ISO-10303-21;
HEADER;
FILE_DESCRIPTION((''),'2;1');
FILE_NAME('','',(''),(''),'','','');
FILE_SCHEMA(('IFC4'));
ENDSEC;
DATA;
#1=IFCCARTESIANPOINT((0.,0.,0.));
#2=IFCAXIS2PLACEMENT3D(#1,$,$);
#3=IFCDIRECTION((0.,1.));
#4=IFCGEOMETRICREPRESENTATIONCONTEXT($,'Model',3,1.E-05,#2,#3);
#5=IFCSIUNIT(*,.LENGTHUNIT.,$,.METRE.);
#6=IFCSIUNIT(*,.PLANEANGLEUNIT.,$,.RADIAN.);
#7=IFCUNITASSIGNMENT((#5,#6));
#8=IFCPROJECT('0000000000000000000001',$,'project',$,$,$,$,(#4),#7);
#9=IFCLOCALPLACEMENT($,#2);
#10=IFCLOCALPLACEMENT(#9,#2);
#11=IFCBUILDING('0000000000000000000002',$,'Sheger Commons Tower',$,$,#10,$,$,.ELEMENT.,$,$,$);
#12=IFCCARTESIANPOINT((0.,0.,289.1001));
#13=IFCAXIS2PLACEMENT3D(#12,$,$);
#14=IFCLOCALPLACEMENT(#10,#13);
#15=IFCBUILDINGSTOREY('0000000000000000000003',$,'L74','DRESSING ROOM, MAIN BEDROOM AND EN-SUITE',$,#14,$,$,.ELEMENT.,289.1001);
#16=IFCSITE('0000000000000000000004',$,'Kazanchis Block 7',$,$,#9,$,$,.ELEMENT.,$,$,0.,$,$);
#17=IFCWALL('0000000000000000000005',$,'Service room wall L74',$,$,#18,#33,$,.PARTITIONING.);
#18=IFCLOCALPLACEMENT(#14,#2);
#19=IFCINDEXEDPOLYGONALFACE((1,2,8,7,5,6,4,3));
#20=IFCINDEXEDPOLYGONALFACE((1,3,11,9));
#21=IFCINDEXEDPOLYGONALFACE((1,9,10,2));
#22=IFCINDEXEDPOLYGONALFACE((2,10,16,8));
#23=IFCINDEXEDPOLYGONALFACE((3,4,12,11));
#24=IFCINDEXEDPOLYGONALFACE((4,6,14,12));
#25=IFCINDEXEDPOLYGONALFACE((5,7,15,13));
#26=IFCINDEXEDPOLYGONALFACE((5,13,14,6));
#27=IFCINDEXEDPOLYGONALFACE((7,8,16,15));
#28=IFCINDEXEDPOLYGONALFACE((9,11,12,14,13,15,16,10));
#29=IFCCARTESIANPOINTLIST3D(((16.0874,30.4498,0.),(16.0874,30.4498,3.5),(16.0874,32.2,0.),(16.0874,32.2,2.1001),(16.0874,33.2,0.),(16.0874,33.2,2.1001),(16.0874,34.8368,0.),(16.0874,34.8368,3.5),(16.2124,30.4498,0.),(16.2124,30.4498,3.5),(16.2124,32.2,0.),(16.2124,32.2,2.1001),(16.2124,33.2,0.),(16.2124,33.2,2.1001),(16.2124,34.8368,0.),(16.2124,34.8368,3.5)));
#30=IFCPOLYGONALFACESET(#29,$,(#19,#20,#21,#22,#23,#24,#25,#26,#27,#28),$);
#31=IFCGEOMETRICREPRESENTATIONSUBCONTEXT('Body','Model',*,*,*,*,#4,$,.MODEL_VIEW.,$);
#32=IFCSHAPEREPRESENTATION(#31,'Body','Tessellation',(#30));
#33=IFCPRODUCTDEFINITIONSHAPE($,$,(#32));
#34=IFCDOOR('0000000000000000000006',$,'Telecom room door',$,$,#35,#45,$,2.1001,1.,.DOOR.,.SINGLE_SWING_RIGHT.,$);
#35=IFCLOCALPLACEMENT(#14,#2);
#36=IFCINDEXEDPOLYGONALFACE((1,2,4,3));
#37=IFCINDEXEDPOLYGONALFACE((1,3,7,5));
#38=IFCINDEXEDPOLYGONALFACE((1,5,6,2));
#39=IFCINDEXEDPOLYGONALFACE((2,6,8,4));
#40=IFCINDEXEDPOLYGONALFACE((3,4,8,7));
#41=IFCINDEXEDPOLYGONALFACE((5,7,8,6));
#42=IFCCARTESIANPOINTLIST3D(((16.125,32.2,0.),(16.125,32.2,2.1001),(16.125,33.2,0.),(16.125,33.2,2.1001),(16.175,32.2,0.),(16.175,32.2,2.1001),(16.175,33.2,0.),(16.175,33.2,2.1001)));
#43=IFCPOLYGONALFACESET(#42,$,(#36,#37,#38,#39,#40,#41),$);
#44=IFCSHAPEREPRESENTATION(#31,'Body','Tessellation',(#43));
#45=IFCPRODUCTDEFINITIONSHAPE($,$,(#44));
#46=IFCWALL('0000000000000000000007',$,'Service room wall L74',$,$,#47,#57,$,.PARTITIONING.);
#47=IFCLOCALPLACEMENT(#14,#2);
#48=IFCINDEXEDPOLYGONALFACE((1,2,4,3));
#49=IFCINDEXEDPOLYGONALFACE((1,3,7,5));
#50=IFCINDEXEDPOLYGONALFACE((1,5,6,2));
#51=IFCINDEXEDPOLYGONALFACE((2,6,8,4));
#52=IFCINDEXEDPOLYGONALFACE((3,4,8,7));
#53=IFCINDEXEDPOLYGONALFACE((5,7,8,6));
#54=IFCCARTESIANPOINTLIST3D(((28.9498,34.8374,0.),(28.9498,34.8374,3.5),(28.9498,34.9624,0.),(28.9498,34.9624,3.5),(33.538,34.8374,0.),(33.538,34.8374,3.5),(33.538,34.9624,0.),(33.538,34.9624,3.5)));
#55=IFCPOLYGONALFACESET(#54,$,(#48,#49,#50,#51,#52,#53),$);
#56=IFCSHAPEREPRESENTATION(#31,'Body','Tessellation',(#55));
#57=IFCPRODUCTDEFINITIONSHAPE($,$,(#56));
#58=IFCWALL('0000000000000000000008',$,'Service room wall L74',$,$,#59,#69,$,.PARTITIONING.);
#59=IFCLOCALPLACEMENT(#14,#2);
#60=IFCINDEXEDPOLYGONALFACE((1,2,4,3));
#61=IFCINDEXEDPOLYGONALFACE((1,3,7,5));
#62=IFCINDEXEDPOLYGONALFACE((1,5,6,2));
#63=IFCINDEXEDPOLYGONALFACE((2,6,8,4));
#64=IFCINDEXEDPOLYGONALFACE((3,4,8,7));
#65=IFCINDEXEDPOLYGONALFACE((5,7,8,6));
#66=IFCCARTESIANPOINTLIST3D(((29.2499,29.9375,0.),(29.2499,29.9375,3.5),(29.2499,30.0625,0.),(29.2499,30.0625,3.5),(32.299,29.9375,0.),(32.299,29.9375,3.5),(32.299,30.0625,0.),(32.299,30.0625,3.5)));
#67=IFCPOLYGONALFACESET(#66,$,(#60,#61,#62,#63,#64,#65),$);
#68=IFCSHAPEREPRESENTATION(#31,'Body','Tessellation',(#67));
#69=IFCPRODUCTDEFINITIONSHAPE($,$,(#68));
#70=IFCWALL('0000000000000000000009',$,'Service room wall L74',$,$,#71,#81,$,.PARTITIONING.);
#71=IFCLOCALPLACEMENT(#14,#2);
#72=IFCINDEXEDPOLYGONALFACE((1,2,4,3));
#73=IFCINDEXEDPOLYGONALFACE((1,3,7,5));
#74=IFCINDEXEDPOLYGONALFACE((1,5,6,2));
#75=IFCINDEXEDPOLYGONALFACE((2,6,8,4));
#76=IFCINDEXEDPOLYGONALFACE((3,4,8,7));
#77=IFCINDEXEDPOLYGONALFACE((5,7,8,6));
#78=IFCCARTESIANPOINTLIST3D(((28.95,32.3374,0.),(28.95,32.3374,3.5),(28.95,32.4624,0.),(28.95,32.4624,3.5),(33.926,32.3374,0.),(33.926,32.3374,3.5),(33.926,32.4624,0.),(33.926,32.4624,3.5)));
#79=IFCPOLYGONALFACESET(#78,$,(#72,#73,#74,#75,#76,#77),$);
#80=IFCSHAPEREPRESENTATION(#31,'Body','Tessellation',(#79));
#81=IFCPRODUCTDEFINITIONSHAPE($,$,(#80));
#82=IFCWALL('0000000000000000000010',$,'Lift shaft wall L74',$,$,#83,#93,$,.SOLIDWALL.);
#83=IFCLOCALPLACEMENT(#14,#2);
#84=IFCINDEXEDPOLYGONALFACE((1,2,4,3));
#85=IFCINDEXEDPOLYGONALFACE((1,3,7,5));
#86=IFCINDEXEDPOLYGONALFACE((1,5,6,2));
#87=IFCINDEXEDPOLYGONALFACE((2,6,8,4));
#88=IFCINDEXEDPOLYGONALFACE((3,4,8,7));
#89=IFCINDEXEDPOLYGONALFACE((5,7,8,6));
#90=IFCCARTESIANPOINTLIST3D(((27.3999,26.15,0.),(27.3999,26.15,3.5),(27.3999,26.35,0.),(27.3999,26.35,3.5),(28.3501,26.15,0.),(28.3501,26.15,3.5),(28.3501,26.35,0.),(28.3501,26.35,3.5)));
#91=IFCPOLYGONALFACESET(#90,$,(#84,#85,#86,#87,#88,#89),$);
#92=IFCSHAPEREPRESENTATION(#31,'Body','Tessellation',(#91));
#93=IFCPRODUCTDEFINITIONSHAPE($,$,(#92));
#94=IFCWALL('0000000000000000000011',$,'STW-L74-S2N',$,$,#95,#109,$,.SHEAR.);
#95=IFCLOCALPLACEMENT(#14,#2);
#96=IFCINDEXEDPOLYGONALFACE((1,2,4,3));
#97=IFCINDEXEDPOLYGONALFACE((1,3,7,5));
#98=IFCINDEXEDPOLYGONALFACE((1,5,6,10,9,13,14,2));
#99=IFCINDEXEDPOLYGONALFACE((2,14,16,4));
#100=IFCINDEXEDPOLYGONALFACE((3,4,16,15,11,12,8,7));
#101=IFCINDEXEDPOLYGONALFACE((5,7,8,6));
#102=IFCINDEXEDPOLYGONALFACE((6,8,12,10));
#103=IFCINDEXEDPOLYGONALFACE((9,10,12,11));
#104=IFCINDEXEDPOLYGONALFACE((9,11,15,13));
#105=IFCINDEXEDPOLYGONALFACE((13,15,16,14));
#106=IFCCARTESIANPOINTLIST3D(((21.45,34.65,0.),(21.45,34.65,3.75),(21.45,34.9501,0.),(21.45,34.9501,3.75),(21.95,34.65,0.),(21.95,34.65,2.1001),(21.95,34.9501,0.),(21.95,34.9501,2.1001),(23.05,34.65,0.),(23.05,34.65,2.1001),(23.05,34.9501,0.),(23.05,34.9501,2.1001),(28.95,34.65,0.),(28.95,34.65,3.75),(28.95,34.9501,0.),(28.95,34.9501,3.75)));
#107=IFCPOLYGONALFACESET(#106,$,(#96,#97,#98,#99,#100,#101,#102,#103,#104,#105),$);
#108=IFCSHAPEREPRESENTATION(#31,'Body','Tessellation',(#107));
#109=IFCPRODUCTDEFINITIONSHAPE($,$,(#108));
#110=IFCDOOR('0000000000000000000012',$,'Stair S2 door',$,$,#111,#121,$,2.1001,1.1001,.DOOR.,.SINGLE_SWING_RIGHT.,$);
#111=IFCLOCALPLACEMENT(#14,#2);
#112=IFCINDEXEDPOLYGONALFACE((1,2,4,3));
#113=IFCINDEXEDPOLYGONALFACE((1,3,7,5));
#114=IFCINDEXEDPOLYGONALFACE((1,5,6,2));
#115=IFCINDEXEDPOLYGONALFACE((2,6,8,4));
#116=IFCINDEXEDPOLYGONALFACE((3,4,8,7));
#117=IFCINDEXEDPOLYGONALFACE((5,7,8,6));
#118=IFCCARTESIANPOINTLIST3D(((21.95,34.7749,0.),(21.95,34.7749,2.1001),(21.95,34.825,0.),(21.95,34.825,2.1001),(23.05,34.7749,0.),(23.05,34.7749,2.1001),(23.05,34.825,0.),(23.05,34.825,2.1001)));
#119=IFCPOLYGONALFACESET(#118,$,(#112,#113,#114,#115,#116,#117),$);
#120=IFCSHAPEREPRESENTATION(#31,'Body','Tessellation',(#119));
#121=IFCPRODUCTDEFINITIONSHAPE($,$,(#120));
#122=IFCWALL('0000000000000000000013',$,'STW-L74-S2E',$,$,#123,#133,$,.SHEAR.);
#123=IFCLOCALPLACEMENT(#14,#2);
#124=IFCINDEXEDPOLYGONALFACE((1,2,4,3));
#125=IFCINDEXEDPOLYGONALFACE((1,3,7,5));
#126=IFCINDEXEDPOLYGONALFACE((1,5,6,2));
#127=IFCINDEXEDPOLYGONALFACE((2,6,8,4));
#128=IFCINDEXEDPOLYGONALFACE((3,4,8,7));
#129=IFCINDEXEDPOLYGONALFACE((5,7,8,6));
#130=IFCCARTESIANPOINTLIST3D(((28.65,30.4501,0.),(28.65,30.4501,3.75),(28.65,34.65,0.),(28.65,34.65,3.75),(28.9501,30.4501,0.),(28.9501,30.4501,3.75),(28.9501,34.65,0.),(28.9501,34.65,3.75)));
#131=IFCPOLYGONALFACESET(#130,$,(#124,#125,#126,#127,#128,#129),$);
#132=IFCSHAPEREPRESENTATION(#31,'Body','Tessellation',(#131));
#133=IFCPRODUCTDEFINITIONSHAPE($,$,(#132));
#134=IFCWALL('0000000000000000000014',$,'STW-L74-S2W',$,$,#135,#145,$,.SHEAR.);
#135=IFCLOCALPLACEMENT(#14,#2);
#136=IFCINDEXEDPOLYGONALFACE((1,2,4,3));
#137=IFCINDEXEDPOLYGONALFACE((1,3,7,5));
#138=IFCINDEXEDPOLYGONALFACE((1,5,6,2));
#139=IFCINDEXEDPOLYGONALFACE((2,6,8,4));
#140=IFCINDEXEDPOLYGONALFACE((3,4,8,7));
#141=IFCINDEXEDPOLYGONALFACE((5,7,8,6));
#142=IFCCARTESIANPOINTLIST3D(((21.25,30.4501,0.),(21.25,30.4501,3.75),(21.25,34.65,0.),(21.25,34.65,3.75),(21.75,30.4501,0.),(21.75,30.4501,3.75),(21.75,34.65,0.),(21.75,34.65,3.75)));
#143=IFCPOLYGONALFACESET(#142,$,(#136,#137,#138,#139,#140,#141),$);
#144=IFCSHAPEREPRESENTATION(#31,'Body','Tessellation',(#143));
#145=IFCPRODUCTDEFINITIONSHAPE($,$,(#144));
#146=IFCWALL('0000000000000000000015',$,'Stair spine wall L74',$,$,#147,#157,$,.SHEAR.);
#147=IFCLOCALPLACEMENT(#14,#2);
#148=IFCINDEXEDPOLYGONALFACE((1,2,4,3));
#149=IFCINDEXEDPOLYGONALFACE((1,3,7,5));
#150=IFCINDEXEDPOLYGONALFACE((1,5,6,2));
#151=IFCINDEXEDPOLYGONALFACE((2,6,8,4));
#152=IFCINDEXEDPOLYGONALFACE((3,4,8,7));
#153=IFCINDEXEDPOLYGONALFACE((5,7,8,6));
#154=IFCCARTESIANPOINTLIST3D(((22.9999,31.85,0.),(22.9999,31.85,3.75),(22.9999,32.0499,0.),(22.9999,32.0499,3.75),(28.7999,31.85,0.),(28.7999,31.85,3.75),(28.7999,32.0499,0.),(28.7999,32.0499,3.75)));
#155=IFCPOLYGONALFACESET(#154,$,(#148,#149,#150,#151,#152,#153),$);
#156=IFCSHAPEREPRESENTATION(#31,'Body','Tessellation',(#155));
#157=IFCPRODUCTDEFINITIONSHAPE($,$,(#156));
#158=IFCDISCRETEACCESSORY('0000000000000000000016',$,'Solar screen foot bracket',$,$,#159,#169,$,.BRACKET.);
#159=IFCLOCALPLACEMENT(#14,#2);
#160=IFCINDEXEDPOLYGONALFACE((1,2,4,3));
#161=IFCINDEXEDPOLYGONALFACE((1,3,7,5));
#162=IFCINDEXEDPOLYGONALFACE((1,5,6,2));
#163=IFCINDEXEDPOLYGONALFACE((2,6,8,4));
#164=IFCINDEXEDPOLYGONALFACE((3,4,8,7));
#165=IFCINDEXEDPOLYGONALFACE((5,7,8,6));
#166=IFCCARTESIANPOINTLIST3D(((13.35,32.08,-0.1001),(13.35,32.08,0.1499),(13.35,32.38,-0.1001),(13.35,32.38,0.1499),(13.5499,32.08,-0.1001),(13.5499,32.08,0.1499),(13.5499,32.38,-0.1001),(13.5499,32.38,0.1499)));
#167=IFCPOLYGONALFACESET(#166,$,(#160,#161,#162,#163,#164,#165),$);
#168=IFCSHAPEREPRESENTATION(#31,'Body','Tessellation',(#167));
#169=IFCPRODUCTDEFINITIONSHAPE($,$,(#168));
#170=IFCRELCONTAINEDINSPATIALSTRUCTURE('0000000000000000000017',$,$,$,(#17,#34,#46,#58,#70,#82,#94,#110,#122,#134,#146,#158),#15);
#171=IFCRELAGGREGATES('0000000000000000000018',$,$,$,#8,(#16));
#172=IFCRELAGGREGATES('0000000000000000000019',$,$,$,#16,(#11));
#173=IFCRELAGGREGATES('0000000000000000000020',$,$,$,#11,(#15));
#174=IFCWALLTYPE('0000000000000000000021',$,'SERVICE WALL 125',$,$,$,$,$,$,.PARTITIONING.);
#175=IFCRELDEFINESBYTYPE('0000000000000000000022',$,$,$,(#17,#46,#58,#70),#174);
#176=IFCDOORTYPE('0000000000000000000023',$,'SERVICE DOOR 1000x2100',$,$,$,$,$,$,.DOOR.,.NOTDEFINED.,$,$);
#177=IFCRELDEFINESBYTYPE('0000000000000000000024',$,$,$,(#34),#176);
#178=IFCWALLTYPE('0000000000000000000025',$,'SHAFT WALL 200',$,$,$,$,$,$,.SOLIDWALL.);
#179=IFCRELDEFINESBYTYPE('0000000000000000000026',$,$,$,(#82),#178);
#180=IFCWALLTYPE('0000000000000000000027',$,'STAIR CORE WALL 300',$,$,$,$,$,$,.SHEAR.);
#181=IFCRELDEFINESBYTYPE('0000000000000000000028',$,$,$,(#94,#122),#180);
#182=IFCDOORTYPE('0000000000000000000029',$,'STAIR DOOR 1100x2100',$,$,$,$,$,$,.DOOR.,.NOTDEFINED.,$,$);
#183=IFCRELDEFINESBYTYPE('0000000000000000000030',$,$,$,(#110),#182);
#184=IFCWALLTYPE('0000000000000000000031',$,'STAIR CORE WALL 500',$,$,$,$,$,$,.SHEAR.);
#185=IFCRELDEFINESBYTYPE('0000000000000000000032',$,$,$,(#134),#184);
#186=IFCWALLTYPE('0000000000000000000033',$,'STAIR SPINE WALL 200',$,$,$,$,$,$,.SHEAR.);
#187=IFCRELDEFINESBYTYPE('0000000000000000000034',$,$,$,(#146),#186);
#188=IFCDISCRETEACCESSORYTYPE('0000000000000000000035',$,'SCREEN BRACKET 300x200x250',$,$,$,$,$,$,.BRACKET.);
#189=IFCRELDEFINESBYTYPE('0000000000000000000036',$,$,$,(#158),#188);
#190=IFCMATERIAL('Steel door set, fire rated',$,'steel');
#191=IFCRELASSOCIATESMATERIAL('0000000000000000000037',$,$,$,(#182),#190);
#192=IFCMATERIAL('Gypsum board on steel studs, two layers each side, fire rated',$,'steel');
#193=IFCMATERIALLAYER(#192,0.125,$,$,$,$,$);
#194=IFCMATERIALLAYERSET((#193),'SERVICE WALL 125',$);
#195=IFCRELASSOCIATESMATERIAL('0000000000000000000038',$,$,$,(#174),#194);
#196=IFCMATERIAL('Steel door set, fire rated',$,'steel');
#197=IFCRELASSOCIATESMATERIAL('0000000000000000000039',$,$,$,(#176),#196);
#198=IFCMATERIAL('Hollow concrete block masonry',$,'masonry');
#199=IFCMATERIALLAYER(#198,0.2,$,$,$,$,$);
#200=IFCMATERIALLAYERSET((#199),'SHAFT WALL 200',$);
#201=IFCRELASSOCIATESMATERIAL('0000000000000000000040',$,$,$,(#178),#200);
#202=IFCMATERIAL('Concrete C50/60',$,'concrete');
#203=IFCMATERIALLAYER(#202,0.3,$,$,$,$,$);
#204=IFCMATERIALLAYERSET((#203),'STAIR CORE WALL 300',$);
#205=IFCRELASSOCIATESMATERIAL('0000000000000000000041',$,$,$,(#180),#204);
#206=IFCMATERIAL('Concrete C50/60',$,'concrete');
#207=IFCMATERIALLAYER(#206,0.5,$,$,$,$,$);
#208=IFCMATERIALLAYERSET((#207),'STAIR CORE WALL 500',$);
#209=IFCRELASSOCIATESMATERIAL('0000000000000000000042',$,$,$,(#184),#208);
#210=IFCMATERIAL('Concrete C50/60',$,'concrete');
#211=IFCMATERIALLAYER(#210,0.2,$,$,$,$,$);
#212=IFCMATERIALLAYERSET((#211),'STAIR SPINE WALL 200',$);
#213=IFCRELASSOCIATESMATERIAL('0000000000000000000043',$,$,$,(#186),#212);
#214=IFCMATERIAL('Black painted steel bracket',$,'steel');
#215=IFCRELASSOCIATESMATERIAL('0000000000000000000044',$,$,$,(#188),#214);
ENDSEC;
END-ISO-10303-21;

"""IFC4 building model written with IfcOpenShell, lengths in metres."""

from ifc_helpers import new_model, si_unit, direction, frame, frame_2d, origin, origin_2d, place, context, subcontext, project, spatial, rectangle, extrude, material, layer, layer_set, type_object, element, fill, save


model = new_model("IFC4")

# Units and contexts
model_context = context("Model", 3, precision=1e-05, world=origin(), true_north=direction((0.0, 1.0)))
body_context = subcontext(model_context, "Body", "Model", "MODEL_VIEW")
ifc_project = project(units=[si_unit("LENGTHUNIT", "METRE"), si_unit("PLANEANGLEUNIT", "RADIAN")], contexts=[model_context])

# Site, building, storey
site_placement = place(None, origin())
site = spatial("IfcSite", under=ifc_project, at=site_placement, Name="Kazanchis Block 7", CompositionType="ELEMENT", RefElevation=0.0)
building_placement = place(site_placement, origin())
building = spatial("IfcBuilding", under=site, at=building_placement, Name="Sheger Commons Tower", CompositionType="ELEMENT")
storey_placement = place(building_placement, frame((0.0, 0.0, 289.1001)))
storey = spatial("IfcBuildingStorey", under=building, at=storey_placement, Name="L74", Description="DRESSING ROOM, MAIN BEDROOM AND EN-SUITE", CompositionType="ELEMENT", Elevation=289.1001)

# Shared definitions
ifc_material_1 = material(Name="Steel door set, fire rated", Category="steel")
door_type_1 = type_object("IfcDoorType", Name="STAIR DOOR 1100x2100", OperationType="NOTDEFINED", PredefinedType="DOOR", material=ifc_material_1)

# Wall, opening, door
ifc_material_2 = material(Name="Gypsum board on steel studs, two layers each side, fire rated", Category="steel")
ifc_layer_1 = layer(ifc_material_2, 0.125)
ifc_layer_set_1 = layer_set([ifc_layer_1], Name="SERVICE WALL 125")
wall_type_1 = type_object("IfcWallType", Name="SERVICE WALL 125", PredefinedType="PARTITIONING", material=ifc_layer_set_1)
wall_1_placement = place(storey_placement, frame((16.1499, 30.45, 0.0), z_axis=(0.0, 0.0, 1.0), x_axis=(0.0, 1.0, 0.0)))
wall_1 = element("IfcWall", 1, at=wall_1_placement, inside=storey, type_object=wall_type_1, Name="Service room wall L74", PredefinedType="PARTITIONING", context=body_context, shape_type="SweptSolid", body=[
    extrude(rectangle(XDim=4.387, YDim=0.125, at=frame_2d((2.1934, 0.0))), origin(), (0.0, 0.0, 1.0), 3.5),
])
opening_1_placement = place(wall_1_placement, frame((1.75, 0.0, 0.0)))
opening_1 = element("IfcOpeningElement", 2, at=opening_1_placement, cuts=wall_1, PredefinedType="OPENING", context=body_context, shape_type="SweptSolid", body=[
    extrude(rectangle(XDim=1.0, YDim=2.1001, at=frame_2d((0.5, 1.05))), frame((0.0, 0.0725, 0.0), z_axis=(0.0, -1.0, 0.0), x_axis=(1.0, 0.0, 0.0)), (0.0, 0.0, 1.0), 0.145),
])
ifc_material_3 = material(Name="Steel door set, fire rated", Category="steel")
door_type_2 = type_object("IfcDoorType", Name="SERVICE DOOR 1000x2100", OperationType="NOTDEFINED", PredefinedType="DOOR", material=ifc_material_3)
door_1_placement = place(opening_1_placement, origin())
door_1 = element("IfcDoor", 3, at=door_1_placement, inside=storey, type_object=door_type_2, Name="Telecom room door", OperationType="SINGLE_SWING_RIGHT", OverallHeight=2.1001, OverallWidth=1.0, PredefinedType="DOOR", context=body_context, shape_type="SweptSolid", body=[
    extrude(rectangle(XDim=1.0, YDim=2.1001, at=frame_2d((0.5, 1.05))), frame((0.0, 0.0249, 0.0), z_axis=(0.0, -1.0, 0.0), x_axis=(1.0, 0.0, 0.0)), (0.0, 0.0, 1.0), 0.05),
])
fill(opening_1, door_1)

# Walls
wall_2_placement = place(storey_placement, frame((28.95, 34.8999, 0.0), z_axis=(0.0, 0.0, 1.0), x_axis=(1.0, 0.0, 0.0)))
element("IfcWall", 4, at=wall_2_placement, inside=storey, type_object=wall_type_1, Name="Service room wall L74", PredefinedType="PARTITIONING", context=body_context, shape_type="SweptSolid", body=[
    extrude(rectangle(XDim=4.5881, YDim=0.125, at=frame_2d((2.2939, 0.0))), origin(), (0.0, 0.0, 1.0), 3.5),
])
wall_3_placement = place(storey_placement, frame((29.25, 30.0, 0.0), z_axis=(0.0, 0.0, 1.0), x_axis=(1.0, 0.0, 0.0)))
element("IfcWall", 5, at=wall_3_placement, inside=storey, type_object=wall_type_1, Name="Service room wall L74", PredefinedType="PARTITIONING", context=body_context, shape_type="SweptSolid", body=[
    extrude(rectangle(XDim=3.0491, YDim=0.125, at=frame_2d((1.5244, 0.0))), origin(), (0.0, 0.0, 1.0), 3.5),
])
wall_4_placement = place(storey_placement, frame((28.95, 32.3999, 0.0), z_axis=(0.0, 0.0, 1.0), x_axis=(1.0, 0.0, 0.0)))
element("IfcWall", 6, at=wall_4_placement, inside=storey, type_object=wall_type_1, Name="Service room wall L74", PredefinedType="PARTITIONING", context=body_context, shape_type="SweptSolid", body=[
    extrude(rectangle(XDim=4.9761, YDim=0.125, at=frame_2d((2.488, 0.0))), origin(), (0.0, 0.0, 1.0), 3.5),
])
ifc_material_4 = material(Name="Hollow concrete block masonry", Category="masonry")
ifc_layer_2 = layer(ifc_material_4, 0.2)
ifc_layer_set_2 = layer_set([ifc_layer_2], Name="SHAFT WALL 200")
wall_type_2 = type_object("IfcWallType", Name="SHAFT WALL 200", PredefinedType="SOLIDWALL", material=ifc_layer_set_2)
wall_5_placement = place(storey_placement, frame((27.3999, 26.25, 0.0), z_axis=(0.0, 0.0, 1.0), x_axis=(1.0, 0.0, 0.0)))
element("IfcWall", 7, at=wall_5_placement, inside=storey, type_object=wall_type_2, Name="Lift shaft wall L74", PredefinedType="SOLIDWALL", context=body_context, shape_type="SweptSolid", body=[
    extrude(rectangle(XDim=0.9502, YDim=0.2, at=frame_2d((0.4751, 0.0))), origin(), (0.0, 0.0, 1.0), 3.5),
])

# Wall, opening, door
ifc_material_5 = material(Name="Concrete C50/60", Category="concrete")
ifc_layer_3 = layer(ifc_material_5, 0.3)
ifc_layer_set_3 = layer_set([ifc_layer_3], Name="STAIR CORE WALL 300")
wall_type_3 = type_object("IfcWallType", Name="STAIR CORE WALL 300", PredefinedType="SHEAR", material=ifc_layer_set_3)
wall_6_placement = place(storey_placement, frame((21.45, 34.8, 0.0), z_axis=(0.0, 0.0, 1.0), x_axis=(1.0, 0.0, 0.0)))
wall_6 = element("IfcWall", 8, at=wall_6_placement, inside=storey, type_object=wall_type_3, Name="STW-L74-S2N", PredefinedType="SHEAR", context=body_context, shape_type="SweptSolid", body=[
    extrude(rectangle(XDim=7.5, YDim=0.3, at=frame_2d((3.75, 0.0))), origin(), (0.0, 0.0, 1.0), 3.75),
])
opening_2_placement = place(wall_6_placement, frame((0.5, 0.0, 0.0)))
opening_2 = element("IfcOpeningElement", 9, at=opening_2_placement, cuts=wall_6, PredefinedType="OPENING", context=body_context, shape_type="SweptSolid", body=[
    extrude(rectangle(XDim=1.1001, YDim=2.1001, at=frame_2d((0.55, 1.05))), frame((0.0, 0.1599, 0.0), z_axis=(0.0, -1.0, 0.0), x_axis=(1.0, 0.0, 0.0)), (0.0, 0.0, 1.0), 0.3201),
])
door_2_placement = place(opening_2_placement, origin())
door_2 = element("IfcDoor", 10, at=door_2_placement, inside=storey, type_object=door_type_1, Name="Stair S2 door", OperationType="SINGLE_SWING_RIGHT", OverallHeight=2.1001, OverallWidth=1.1001, PredefinedType="DOOR", context=body_context, shape_type="SweptSolid", body=[
    extrude(rectangle(XDim=1.1001, YDim=2.1001, at=frame_2d((0.55, 1.05))), frame((0.0, 0.0249, 0.0), z_axis=(0.0, -1.0, 0.0), x_axis=(1.0, 0.0, 0.0)), (0.0, 0.0, 1.0), 0.05),
])
fill(opening_2, door_2)

# Walls
wall_7_placement = place(storey_placement, frame((28.8, 30.45, 0.0), z_axis=(0.0, 0.0, 1.0), x_axis=(0.0, 1.0, 0.0)))
element("IfcWall", 11, at=wall_7_placement, inside=storey, type_object=wall_type_3, Name="STW-L74-S2E", PredefinedType="SHEAR", context=body_context, shape_type="SweptSolid", body=[
    extrude(rectangle(XDim=4.2, YDim=0.3, at=frame_2d((2.1001, 0.0))), origin(), (0.0, 0.0, 1.0), 3.75),
])
ifc_material_6 = material(Name="Concrete C50/60", Category="concrete")
ifc_layer_4 = layer(ifc_material_6, 0.5)
ifc_layer_set_4 = layer_set([ifc_layer_4], Name="STAIR CORE WALL 500")
wall_type_4 = type_object("IfcWallType", Name="STAIR CORE WALL 500", PredefinedType="SHEAR", material=ifc_layer_set_4)
wall_8_placement = place(storey_placement, frame((21.5, 30.45, 0.0), z_axis=(0.0, 0.0, 1.0), x_axis=(0.0, 1.0, 0.0)))
element("IfcWall", 12, at=wall_8_placement, inside=storey, type_object=wall_type_4, Name="STW-L74-S2W", PredefinedType="SHEAR", context=body_context, shape_type="SweptSolid", body=[
    extrude(rectangle(XDim=4.2, YDim=0.5, at=frame_2d((2.1001, 0.0))), origin(), (0.0, 0.0, 1.0), 3.75),
])
ifc_material_7 = material(Name="Concrete C50/60", Category="concrete")
ifc_layer_5 = layer(ifc_material_7, 0.2)
ifc_layer_set_5 = layer_set([ifc_layer_5], Name="STAIR SPINE WALL 200")
wall_type_5 = type_object("IfcWallType", Name="STAIR SPINE WALL 200", PredefinedType="SHEAR", material=ifc_layer_set_5)
wall_9_placement = place(storey_placement, frame((23.0, 31.95, 0.0), z_axis=(0.0, 0.0, 1.0), x_axis=(1.0, 0.0, 0.0)))
element("IfcWall", 13, at=wall_9_placement, inside=storey, type_object=wall_type_5, Name="Stair spine wall L74", PredefinedType="SHEAR", context=body_context, shape_type="SweptSolid", body=[
    extrude(rectangle(XDim=5.8, YDim=0.2, at=frame_2d((2.8999, 0.0))), origin(), (0.0, 0.0, 1.0), 3.75),
])

# Discrete accessory
ifc_material_8 = material(Name="Black painted steel bracket", Category="steel")
discrete_accessory_type = type_object("IfcDiscreteAccessoryType", Name="SCREEN BRACKET 300x200x250", PredefinedType="BRACKET", material=ifc_material_8)
for number, where, z_axis, x_axis, name in (
    (14, (13.45, 32.23, -0.1001), (0.0, 0.0, 1.0), (0.0, -1.0, 0.0), "Solar screen foot bracket"),
):
    element("IfcDiscreteAccessory", number, at=place(storey_placement, frame(where, z_axis=z_axis, x_axis=x_axis)), inside=storey, type_object=discrete_accessory_type, Name=name, PredefinedType="BRACKET", context=body_context, shape_type="SweptSolid", body=[
        extrude(rectangle(XDim=0.3, YDim=0.2, at=origin_2d()), origin(), (0.0, 0.0, 1.0), 0.25),
    ])

save(model, "model.ifc")
